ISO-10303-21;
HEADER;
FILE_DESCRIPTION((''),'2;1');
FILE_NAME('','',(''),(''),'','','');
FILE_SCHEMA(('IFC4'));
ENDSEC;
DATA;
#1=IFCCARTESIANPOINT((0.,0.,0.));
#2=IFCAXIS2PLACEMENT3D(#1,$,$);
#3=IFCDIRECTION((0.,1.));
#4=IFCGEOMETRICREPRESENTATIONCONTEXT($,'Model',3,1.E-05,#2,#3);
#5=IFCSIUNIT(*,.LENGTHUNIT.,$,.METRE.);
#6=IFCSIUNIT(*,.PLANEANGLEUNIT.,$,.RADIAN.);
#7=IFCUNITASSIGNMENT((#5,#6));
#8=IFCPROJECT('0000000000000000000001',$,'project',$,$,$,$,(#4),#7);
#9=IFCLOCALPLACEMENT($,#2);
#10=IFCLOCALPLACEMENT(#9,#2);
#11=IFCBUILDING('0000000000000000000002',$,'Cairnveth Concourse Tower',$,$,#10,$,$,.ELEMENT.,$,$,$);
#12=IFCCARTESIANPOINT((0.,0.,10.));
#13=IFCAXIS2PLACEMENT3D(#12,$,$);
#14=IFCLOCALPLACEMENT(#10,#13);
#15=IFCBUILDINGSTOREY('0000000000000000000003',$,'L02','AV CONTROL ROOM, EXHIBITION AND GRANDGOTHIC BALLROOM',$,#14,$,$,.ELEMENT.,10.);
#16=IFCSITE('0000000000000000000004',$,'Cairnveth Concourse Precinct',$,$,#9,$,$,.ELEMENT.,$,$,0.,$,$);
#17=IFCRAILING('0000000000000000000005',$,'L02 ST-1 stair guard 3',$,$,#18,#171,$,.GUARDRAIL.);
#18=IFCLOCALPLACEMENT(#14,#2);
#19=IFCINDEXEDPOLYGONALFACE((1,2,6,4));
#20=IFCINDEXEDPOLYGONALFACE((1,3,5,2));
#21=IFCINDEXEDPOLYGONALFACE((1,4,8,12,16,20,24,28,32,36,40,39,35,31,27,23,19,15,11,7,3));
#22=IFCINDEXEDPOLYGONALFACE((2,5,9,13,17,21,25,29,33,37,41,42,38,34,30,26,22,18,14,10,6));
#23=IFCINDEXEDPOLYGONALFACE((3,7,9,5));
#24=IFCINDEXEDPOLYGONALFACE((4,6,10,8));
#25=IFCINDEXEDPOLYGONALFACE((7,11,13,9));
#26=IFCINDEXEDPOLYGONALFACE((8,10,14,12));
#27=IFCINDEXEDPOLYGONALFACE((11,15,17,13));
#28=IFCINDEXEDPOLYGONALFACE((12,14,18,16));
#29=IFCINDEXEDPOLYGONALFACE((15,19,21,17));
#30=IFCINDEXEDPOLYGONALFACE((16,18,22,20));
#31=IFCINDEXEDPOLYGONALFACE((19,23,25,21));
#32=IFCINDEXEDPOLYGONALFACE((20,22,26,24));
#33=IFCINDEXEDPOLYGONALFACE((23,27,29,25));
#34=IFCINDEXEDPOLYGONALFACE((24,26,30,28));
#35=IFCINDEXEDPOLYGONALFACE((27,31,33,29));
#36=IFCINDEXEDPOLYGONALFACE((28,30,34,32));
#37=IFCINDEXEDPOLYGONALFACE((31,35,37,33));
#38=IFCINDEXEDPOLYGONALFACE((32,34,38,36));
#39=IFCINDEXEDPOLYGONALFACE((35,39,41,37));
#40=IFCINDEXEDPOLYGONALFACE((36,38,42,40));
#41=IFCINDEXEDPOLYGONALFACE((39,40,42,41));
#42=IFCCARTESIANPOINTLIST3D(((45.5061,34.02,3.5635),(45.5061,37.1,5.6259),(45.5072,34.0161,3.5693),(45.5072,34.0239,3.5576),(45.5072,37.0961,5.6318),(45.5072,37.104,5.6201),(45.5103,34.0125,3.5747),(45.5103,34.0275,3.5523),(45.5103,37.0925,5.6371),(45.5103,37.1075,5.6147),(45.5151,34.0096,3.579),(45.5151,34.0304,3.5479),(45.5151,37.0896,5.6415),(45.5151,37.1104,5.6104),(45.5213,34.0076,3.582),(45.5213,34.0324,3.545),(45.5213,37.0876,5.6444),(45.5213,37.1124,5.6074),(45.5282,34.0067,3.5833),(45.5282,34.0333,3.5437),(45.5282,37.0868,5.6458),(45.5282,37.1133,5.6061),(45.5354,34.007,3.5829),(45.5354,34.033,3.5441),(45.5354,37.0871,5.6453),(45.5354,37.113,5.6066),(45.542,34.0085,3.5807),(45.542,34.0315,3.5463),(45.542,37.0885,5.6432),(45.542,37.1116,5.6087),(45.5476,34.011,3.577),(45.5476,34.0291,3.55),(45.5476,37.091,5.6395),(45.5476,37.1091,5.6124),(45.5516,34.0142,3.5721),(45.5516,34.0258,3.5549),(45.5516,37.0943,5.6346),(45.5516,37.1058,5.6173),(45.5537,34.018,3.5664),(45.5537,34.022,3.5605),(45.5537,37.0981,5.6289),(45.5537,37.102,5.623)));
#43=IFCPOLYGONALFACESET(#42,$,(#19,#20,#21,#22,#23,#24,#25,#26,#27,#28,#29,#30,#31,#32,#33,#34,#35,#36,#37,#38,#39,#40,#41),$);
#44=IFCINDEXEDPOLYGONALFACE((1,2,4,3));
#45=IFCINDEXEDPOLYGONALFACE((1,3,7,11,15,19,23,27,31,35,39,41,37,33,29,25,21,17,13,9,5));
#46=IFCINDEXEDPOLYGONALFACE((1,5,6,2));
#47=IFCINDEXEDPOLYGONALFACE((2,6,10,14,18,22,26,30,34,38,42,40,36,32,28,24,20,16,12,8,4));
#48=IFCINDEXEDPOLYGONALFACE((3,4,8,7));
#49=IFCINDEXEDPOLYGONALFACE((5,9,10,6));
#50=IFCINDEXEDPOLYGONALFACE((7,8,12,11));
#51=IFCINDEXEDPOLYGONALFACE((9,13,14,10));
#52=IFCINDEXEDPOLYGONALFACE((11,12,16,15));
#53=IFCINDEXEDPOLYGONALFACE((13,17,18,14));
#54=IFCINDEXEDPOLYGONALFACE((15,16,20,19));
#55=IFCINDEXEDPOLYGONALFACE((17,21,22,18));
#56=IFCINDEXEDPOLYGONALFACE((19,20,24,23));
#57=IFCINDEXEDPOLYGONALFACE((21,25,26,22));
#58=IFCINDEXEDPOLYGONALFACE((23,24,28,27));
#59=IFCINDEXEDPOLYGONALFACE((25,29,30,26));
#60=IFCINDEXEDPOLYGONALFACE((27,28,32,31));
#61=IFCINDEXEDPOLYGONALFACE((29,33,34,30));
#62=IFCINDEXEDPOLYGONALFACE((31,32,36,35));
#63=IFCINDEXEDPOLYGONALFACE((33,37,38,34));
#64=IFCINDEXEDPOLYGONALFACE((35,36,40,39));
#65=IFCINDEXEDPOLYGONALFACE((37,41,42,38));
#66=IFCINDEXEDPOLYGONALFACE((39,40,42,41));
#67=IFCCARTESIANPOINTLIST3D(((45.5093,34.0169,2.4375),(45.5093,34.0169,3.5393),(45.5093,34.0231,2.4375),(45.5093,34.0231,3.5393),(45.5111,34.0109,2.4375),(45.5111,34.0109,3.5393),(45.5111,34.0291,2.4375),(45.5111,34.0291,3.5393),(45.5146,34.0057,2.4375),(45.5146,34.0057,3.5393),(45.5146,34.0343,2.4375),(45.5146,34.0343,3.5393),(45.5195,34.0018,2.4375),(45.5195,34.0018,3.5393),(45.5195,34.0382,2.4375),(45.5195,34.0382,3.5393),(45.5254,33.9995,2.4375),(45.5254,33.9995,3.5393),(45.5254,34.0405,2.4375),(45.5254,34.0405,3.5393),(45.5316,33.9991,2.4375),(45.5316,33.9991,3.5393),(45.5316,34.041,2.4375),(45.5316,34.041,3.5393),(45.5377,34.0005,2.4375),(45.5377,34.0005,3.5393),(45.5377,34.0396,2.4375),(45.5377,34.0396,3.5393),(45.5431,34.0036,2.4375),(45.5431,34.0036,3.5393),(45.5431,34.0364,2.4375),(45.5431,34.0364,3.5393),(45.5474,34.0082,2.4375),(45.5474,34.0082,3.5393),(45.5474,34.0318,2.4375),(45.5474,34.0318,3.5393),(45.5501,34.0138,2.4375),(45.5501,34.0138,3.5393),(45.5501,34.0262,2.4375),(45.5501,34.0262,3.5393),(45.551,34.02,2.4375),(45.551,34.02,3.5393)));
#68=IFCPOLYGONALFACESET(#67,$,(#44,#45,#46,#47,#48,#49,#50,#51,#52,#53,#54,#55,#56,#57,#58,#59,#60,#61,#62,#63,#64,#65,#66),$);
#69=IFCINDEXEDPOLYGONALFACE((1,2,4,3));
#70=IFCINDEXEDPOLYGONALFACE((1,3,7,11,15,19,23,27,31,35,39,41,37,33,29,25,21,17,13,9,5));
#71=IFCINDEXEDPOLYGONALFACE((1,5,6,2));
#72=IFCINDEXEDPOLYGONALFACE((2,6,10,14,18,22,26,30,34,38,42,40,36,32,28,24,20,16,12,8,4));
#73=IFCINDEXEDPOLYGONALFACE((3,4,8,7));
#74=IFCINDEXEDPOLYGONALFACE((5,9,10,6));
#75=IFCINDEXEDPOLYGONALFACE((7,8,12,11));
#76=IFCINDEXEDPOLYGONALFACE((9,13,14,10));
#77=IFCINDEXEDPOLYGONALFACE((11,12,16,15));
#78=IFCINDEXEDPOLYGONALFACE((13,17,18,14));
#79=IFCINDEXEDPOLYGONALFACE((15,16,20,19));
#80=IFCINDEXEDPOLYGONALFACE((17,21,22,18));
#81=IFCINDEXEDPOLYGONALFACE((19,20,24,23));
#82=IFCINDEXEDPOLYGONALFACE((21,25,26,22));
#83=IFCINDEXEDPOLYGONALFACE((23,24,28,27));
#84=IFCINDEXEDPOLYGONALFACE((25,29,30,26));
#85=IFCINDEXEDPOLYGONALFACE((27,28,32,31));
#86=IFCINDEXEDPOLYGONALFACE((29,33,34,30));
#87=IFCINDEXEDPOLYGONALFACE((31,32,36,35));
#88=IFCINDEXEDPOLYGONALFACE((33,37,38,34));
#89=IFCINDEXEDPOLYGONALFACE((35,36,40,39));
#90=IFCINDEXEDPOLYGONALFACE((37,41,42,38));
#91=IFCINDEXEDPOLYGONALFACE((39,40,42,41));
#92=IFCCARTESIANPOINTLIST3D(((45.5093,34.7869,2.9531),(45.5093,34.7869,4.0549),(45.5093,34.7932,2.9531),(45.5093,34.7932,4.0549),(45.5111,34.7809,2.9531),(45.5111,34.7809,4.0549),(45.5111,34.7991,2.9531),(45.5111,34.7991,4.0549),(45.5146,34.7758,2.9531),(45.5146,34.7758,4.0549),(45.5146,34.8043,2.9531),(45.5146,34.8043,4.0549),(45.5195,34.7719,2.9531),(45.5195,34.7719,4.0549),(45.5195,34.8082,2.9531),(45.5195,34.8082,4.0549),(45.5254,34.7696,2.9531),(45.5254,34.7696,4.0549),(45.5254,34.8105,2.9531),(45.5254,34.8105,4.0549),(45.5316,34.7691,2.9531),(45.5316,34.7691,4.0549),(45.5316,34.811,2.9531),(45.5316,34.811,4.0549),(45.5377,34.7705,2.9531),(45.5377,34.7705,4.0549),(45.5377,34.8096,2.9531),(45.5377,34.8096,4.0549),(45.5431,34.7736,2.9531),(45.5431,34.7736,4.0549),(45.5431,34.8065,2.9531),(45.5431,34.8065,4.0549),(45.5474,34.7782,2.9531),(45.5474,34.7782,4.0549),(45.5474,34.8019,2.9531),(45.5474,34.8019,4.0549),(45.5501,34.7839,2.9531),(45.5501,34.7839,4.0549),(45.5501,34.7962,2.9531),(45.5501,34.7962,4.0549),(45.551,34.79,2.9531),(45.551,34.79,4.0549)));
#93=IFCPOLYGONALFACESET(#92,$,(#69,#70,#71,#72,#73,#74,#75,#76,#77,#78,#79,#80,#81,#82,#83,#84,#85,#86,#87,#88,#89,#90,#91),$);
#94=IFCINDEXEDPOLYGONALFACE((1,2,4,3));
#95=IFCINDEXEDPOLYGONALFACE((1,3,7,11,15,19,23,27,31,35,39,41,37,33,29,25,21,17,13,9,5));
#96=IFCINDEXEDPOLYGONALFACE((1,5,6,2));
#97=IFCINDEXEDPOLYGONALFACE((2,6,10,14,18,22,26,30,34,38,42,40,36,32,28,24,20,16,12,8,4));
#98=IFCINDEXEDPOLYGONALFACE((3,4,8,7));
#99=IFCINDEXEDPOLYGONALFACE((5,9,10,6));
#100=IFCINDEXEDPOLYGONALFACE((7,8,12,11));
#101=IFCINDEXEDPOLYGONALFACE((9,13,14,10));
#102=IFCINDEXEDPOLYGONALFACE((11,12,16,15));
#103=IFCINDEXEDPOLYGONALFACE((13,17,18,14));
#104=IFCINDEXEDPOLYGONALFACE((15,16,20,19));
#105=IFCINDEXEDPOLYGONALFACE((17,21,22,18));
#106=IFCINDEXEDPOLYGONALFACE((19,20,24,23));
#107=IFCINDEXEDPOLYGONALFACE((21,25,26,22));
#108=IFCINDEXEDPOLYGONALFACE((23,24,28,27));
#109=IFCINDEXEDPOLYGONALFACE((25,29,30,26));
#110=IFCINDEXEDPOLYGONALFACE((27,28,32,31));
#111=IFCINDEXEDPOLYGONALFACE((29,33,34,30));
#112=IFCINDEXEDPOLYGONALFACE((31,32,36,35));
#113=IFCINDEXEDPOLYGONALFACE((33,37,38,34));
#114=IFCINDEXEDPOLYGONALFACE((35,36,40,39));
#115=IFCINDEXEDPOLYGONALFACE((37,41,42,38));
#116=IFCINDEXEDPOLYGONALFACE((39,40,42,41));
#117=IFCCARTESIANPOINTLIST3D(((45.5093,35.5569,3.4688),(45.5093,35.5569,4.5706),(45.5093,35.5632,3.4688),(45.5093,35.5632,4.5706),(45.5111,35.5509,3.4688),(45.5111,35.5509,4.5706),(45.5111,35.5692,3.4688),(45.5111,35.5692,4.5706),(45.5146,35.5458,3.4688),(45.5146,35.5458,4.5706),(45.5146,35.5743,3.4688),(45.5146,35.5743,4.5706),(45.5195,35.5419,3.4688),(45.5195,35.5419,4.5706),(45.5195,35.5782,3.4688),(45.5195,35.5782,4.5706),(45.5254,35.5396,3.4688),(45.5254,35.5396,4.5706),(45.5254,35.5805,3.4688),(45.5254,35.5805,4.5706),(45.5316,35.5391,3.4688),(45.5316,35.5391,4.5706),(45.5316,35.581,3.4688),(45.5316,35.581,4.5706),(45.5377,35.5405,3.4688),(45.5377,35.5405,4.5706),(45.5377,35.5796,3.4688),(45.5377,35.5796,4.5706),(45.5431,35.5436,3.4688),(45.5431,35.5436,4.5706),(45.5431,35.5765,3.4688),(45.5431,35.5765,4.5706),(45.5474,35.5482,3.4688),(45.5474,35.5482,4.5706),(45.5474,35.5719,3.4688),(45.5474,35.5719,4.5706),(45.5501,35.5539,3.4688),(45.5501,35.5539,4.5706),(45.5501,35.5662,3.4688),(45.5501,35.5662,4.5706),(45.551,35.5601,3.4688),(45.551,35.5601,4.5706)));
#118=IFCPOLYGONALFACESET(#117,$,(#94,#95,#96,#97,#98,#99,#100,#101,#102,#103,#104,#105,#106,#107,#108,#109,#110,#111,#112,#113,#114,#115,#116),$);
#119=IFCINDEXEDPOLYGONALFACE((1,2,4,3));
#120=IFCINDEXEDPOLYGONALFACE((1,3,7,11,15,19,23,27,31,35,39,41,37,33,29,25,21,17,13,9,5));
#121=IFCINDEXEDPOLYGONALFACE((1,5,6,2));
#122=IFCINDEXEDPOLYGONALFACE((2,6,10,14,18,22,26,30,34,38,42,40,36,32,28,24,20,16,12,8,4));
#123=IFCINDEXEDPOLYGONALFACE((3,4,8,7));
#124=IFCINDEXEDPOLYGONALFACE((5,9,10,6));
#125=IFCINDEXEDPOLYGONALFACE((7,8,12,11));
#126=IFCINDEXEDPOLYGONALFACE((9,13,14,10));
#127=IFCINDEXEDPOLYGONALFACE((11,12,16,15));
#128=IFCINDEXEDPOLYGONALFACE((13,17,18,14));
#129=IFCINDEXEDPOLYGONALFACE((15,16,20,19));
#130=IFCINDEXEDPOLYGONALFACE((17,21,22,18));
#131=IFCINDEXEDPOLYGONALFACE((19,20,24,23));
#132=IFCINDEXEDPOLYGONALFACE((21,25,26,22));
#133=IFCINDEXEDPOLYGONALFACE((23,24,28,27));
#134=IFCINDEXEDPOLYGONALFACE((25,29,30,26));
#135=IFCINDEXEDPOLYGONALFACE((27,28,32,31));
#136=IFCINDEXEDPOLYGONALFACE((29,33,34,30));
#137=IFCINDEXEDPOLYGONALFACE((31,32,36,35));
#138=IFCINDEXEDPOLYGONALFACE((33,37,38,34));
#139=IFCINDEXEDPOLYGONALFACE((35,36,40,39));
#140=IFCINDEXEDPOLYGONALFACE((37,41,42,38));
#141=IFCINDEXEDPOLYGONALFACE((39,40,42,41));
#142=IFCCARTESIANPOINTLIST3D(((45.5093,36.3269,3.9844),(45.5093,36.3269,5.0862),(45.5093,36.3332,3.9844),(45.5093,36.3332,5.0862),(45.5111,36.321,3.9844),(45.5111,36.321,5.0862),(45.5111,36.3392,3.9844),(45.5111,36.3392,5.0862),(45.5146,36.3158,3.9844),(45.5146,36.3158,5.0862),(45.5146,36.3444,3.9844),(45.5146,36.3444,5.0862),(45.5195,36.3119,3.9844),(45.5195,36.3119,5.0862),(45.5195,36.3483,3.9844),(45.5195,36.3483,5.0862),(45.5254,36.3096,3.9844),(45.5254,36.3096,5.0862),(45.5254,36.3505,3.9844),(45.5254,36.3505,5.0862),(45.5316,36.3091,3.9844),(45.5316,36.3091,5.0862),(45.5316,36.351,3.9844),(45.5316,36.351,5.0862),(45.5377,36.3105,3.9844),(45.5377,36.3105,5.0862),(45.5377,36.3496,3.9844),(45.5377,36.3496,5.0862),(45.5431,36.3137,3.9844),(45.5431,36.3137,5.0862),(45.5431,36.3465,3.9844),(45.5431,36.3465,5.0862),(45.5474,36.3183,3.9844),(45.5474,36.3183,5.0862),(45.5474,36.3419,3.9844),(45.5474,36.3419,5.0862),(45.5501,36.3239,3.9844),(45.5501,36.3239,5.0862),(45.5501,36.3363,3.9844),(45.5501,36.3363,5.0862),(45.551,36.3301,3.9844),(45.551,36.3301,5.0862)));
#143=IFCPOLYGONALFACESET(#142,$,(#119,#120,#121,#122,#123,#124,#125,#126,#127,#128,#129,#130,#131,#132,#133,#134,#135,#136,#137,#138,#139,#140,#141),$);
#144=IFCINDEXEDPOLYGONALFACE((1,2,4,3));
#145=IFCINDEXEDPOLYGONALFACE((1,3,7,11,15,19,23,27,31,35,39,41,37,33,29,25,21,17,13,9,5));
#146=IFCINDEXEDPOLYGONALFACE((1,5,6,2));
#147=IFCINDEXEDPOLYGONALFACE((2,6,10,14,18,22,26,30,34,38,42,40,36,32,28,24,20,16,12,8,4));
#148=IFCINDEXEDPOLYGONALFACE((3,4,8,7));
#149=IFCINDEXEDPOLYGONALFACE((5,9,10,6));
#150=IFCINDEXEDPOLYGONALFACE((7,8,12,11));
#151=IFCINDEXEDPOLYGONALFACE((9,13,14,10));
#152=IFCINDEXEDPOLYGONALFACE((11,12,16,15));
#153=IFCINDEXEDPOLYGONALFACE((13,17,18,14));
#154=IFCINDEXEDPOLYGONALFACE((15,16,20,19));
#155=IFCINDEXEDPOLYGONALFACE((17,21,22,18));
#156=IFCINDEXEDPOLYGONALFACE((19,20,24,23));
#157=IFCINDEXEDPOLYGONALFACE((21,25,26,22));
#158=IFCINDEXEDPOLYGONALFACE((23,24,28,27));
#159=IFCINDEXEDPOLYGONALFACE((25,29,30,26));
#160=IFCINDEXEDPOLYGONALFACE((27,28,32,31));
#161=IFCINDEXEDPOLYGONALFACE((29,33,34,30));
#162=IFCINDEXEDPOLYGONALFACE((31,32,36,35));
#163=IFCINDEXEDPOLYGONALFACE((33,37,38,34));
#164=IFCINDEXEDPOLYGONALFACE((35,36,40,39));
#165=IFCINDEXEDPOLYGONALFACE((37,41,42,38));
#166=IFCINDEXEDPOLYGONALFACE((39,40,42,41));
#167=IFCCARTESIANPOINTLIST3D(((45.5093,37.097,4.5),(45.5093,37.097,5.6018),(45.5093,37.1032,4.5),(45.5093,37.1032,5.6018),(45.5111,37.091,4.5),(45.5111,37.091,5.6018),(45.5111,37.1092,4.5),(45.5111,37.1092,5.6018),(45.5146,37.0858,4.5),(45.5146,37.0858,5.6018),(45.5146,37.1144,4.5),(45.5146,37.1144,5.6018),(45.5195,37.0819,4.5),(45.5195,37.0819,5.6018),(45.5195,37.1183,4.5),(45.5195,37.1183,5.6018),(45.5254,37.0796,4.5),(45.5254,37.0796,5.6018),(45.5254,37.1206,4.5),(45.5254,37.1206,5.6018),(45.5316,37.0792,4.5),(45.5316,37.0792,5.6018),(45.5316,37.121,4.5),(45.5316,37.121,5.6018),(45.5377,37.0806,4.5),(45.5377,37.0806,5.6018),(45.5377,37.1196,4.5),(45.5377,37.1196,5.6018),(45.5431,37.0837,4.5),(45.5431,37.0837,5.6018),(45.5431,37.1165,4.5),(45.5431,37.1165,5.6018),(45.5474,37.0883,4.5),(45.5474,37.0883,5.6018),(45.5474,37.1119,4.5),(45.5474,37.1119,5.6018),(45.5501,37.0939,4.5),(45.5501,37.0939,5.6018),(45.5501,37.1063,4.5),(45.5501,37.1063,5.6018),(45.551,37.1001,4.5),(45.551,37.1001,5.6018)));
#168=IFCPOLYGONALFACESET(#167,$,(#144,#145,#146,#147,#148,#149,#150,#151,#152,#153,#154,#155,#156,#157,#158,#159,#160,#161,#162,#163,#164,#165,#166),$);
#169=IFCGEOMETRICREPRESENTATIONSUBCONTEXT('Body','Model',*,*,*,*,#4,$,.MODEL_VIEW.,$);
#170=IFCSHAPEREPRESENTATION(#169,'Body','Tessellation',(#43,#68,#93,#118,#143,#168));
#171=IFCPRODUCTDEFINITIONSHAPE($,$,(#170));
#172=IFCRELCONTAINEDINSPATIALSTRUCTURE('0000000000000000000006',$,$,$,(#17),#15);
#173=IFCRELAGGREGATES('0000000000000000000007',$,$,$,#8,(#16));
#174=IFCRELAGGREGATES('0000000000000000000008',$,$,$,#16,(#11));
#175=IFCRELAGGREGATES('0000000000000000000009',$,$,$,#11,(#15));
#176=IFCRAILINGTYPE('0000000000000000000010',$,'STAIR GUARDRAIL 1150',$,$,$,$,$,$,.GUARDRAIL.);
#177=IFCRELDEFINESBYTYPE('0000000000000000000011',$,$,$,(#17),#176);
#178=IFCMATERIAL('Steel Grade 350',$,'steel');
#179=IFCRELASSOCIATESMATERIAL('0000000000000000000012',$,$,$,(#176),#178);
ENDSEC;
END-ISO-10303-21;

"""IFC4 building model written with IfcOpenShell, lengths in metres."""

from ifc_helpers import new_model, si_unit, direction, frame, origin, origin_2d, place, context, subcontext, project, spatial, circle, extrude, material, type_object, element, save


model = new_model("IFC4")

# Units and contexts
model_context = context("Model", 3, precision=1e-05, world=origin(), true_north=direction((0.0, 1.0)))
body_context = subcontext(model_context, "Body", "Model", "MODEL_VIEW")
ifc_project = project(units=[si_unit("LENGTHUNIT", "METRE"), si_unit("PLANEANGLEUNIT", "RADIAN")], contexts=[model_context])

# Site, building, storey
site_placement = place(None, origin())
site = spatial("IfcSite", under=ifc_project, at=site_placement, Name="Cairnveth Concourse Precinct", CompositionType="ELEMENT", RefElevation=0.0)
building_placement = place(site_placement, origin())
building = spatial("IfcBuilding", under=site, at=building_placement, Name="Cairnveth Concourse Tower", CompositionType="ELEMENT")
storey_placement = place(building_placement, frame((0.0, 0.0, 10.0)))
storey = spatial("IfcBuildingStorey", under=building, at=storey_placement, Name="L02", Description="AV CONTROL ROOM, EXHIBITION AND GRANDGOTHIC BALLROOM", CompositionType="ELEMENT", Elevation=10.0)

# Shared definitions
ifc_material_1 = material(Name="Steel Grade 350", Category="steel")

# Railing
railing_type_1 = type_object("IfcRailingType", Name="STAIR GUARDRAIL 1150", PredefinedType="GUARDRAIL", material=ifc_material_1)
railing_1_placement = place(storey_placement, frame((45.53, 34.02, 2.4375)))
element("IfcRailing", 1, at=railing_1_placement, inside=storey, type_object=railing_type_1, Name="L02 ST-1 stair guard 3", PredefinedType="GUARDRAIL", context=body_context, shape_type="SweptSolid", body=[
    extrude(circle(Radius=0.0239, at=origin_2d()), frame((0.0, 0.0, 1.126), z_axis=(0.0, 0.830914, 0.556401), x_axis=(-1.0, 0.0, 0.0)), (0.0, 0.0, 1.0), 3.7068),
    extrude(circle(Radius=0.021, at=origin_2d()), origin(), (0.0, 0.0, 1.0), 1.1018),
    extrude(circle(Radius=0.021, at=origin_2d()), frame((0.0, 0.77, 0.5156)), (0.0, 0.0, 1.0), 1.1018),
    extrude(circle(Radius=0.021, at=origin_2d()), frame((0.0, 1.54, 1.0312)), (0.0, 0.0, 1.0), 1.1018),
    extrude(circle(Radius=0.021, at=origin_2d()), frame((0.0, 2.3101, 1.5469)), (0.0, 0.0, 1.0), 1.1018),
    extrude(circle(Radius=0.021, at=origin_2d()), frame((0.0, 3.0801, 2.0625)), (0.0, 0.0, 1.0), 1.1018),
])

save(model, "model.ifc")
